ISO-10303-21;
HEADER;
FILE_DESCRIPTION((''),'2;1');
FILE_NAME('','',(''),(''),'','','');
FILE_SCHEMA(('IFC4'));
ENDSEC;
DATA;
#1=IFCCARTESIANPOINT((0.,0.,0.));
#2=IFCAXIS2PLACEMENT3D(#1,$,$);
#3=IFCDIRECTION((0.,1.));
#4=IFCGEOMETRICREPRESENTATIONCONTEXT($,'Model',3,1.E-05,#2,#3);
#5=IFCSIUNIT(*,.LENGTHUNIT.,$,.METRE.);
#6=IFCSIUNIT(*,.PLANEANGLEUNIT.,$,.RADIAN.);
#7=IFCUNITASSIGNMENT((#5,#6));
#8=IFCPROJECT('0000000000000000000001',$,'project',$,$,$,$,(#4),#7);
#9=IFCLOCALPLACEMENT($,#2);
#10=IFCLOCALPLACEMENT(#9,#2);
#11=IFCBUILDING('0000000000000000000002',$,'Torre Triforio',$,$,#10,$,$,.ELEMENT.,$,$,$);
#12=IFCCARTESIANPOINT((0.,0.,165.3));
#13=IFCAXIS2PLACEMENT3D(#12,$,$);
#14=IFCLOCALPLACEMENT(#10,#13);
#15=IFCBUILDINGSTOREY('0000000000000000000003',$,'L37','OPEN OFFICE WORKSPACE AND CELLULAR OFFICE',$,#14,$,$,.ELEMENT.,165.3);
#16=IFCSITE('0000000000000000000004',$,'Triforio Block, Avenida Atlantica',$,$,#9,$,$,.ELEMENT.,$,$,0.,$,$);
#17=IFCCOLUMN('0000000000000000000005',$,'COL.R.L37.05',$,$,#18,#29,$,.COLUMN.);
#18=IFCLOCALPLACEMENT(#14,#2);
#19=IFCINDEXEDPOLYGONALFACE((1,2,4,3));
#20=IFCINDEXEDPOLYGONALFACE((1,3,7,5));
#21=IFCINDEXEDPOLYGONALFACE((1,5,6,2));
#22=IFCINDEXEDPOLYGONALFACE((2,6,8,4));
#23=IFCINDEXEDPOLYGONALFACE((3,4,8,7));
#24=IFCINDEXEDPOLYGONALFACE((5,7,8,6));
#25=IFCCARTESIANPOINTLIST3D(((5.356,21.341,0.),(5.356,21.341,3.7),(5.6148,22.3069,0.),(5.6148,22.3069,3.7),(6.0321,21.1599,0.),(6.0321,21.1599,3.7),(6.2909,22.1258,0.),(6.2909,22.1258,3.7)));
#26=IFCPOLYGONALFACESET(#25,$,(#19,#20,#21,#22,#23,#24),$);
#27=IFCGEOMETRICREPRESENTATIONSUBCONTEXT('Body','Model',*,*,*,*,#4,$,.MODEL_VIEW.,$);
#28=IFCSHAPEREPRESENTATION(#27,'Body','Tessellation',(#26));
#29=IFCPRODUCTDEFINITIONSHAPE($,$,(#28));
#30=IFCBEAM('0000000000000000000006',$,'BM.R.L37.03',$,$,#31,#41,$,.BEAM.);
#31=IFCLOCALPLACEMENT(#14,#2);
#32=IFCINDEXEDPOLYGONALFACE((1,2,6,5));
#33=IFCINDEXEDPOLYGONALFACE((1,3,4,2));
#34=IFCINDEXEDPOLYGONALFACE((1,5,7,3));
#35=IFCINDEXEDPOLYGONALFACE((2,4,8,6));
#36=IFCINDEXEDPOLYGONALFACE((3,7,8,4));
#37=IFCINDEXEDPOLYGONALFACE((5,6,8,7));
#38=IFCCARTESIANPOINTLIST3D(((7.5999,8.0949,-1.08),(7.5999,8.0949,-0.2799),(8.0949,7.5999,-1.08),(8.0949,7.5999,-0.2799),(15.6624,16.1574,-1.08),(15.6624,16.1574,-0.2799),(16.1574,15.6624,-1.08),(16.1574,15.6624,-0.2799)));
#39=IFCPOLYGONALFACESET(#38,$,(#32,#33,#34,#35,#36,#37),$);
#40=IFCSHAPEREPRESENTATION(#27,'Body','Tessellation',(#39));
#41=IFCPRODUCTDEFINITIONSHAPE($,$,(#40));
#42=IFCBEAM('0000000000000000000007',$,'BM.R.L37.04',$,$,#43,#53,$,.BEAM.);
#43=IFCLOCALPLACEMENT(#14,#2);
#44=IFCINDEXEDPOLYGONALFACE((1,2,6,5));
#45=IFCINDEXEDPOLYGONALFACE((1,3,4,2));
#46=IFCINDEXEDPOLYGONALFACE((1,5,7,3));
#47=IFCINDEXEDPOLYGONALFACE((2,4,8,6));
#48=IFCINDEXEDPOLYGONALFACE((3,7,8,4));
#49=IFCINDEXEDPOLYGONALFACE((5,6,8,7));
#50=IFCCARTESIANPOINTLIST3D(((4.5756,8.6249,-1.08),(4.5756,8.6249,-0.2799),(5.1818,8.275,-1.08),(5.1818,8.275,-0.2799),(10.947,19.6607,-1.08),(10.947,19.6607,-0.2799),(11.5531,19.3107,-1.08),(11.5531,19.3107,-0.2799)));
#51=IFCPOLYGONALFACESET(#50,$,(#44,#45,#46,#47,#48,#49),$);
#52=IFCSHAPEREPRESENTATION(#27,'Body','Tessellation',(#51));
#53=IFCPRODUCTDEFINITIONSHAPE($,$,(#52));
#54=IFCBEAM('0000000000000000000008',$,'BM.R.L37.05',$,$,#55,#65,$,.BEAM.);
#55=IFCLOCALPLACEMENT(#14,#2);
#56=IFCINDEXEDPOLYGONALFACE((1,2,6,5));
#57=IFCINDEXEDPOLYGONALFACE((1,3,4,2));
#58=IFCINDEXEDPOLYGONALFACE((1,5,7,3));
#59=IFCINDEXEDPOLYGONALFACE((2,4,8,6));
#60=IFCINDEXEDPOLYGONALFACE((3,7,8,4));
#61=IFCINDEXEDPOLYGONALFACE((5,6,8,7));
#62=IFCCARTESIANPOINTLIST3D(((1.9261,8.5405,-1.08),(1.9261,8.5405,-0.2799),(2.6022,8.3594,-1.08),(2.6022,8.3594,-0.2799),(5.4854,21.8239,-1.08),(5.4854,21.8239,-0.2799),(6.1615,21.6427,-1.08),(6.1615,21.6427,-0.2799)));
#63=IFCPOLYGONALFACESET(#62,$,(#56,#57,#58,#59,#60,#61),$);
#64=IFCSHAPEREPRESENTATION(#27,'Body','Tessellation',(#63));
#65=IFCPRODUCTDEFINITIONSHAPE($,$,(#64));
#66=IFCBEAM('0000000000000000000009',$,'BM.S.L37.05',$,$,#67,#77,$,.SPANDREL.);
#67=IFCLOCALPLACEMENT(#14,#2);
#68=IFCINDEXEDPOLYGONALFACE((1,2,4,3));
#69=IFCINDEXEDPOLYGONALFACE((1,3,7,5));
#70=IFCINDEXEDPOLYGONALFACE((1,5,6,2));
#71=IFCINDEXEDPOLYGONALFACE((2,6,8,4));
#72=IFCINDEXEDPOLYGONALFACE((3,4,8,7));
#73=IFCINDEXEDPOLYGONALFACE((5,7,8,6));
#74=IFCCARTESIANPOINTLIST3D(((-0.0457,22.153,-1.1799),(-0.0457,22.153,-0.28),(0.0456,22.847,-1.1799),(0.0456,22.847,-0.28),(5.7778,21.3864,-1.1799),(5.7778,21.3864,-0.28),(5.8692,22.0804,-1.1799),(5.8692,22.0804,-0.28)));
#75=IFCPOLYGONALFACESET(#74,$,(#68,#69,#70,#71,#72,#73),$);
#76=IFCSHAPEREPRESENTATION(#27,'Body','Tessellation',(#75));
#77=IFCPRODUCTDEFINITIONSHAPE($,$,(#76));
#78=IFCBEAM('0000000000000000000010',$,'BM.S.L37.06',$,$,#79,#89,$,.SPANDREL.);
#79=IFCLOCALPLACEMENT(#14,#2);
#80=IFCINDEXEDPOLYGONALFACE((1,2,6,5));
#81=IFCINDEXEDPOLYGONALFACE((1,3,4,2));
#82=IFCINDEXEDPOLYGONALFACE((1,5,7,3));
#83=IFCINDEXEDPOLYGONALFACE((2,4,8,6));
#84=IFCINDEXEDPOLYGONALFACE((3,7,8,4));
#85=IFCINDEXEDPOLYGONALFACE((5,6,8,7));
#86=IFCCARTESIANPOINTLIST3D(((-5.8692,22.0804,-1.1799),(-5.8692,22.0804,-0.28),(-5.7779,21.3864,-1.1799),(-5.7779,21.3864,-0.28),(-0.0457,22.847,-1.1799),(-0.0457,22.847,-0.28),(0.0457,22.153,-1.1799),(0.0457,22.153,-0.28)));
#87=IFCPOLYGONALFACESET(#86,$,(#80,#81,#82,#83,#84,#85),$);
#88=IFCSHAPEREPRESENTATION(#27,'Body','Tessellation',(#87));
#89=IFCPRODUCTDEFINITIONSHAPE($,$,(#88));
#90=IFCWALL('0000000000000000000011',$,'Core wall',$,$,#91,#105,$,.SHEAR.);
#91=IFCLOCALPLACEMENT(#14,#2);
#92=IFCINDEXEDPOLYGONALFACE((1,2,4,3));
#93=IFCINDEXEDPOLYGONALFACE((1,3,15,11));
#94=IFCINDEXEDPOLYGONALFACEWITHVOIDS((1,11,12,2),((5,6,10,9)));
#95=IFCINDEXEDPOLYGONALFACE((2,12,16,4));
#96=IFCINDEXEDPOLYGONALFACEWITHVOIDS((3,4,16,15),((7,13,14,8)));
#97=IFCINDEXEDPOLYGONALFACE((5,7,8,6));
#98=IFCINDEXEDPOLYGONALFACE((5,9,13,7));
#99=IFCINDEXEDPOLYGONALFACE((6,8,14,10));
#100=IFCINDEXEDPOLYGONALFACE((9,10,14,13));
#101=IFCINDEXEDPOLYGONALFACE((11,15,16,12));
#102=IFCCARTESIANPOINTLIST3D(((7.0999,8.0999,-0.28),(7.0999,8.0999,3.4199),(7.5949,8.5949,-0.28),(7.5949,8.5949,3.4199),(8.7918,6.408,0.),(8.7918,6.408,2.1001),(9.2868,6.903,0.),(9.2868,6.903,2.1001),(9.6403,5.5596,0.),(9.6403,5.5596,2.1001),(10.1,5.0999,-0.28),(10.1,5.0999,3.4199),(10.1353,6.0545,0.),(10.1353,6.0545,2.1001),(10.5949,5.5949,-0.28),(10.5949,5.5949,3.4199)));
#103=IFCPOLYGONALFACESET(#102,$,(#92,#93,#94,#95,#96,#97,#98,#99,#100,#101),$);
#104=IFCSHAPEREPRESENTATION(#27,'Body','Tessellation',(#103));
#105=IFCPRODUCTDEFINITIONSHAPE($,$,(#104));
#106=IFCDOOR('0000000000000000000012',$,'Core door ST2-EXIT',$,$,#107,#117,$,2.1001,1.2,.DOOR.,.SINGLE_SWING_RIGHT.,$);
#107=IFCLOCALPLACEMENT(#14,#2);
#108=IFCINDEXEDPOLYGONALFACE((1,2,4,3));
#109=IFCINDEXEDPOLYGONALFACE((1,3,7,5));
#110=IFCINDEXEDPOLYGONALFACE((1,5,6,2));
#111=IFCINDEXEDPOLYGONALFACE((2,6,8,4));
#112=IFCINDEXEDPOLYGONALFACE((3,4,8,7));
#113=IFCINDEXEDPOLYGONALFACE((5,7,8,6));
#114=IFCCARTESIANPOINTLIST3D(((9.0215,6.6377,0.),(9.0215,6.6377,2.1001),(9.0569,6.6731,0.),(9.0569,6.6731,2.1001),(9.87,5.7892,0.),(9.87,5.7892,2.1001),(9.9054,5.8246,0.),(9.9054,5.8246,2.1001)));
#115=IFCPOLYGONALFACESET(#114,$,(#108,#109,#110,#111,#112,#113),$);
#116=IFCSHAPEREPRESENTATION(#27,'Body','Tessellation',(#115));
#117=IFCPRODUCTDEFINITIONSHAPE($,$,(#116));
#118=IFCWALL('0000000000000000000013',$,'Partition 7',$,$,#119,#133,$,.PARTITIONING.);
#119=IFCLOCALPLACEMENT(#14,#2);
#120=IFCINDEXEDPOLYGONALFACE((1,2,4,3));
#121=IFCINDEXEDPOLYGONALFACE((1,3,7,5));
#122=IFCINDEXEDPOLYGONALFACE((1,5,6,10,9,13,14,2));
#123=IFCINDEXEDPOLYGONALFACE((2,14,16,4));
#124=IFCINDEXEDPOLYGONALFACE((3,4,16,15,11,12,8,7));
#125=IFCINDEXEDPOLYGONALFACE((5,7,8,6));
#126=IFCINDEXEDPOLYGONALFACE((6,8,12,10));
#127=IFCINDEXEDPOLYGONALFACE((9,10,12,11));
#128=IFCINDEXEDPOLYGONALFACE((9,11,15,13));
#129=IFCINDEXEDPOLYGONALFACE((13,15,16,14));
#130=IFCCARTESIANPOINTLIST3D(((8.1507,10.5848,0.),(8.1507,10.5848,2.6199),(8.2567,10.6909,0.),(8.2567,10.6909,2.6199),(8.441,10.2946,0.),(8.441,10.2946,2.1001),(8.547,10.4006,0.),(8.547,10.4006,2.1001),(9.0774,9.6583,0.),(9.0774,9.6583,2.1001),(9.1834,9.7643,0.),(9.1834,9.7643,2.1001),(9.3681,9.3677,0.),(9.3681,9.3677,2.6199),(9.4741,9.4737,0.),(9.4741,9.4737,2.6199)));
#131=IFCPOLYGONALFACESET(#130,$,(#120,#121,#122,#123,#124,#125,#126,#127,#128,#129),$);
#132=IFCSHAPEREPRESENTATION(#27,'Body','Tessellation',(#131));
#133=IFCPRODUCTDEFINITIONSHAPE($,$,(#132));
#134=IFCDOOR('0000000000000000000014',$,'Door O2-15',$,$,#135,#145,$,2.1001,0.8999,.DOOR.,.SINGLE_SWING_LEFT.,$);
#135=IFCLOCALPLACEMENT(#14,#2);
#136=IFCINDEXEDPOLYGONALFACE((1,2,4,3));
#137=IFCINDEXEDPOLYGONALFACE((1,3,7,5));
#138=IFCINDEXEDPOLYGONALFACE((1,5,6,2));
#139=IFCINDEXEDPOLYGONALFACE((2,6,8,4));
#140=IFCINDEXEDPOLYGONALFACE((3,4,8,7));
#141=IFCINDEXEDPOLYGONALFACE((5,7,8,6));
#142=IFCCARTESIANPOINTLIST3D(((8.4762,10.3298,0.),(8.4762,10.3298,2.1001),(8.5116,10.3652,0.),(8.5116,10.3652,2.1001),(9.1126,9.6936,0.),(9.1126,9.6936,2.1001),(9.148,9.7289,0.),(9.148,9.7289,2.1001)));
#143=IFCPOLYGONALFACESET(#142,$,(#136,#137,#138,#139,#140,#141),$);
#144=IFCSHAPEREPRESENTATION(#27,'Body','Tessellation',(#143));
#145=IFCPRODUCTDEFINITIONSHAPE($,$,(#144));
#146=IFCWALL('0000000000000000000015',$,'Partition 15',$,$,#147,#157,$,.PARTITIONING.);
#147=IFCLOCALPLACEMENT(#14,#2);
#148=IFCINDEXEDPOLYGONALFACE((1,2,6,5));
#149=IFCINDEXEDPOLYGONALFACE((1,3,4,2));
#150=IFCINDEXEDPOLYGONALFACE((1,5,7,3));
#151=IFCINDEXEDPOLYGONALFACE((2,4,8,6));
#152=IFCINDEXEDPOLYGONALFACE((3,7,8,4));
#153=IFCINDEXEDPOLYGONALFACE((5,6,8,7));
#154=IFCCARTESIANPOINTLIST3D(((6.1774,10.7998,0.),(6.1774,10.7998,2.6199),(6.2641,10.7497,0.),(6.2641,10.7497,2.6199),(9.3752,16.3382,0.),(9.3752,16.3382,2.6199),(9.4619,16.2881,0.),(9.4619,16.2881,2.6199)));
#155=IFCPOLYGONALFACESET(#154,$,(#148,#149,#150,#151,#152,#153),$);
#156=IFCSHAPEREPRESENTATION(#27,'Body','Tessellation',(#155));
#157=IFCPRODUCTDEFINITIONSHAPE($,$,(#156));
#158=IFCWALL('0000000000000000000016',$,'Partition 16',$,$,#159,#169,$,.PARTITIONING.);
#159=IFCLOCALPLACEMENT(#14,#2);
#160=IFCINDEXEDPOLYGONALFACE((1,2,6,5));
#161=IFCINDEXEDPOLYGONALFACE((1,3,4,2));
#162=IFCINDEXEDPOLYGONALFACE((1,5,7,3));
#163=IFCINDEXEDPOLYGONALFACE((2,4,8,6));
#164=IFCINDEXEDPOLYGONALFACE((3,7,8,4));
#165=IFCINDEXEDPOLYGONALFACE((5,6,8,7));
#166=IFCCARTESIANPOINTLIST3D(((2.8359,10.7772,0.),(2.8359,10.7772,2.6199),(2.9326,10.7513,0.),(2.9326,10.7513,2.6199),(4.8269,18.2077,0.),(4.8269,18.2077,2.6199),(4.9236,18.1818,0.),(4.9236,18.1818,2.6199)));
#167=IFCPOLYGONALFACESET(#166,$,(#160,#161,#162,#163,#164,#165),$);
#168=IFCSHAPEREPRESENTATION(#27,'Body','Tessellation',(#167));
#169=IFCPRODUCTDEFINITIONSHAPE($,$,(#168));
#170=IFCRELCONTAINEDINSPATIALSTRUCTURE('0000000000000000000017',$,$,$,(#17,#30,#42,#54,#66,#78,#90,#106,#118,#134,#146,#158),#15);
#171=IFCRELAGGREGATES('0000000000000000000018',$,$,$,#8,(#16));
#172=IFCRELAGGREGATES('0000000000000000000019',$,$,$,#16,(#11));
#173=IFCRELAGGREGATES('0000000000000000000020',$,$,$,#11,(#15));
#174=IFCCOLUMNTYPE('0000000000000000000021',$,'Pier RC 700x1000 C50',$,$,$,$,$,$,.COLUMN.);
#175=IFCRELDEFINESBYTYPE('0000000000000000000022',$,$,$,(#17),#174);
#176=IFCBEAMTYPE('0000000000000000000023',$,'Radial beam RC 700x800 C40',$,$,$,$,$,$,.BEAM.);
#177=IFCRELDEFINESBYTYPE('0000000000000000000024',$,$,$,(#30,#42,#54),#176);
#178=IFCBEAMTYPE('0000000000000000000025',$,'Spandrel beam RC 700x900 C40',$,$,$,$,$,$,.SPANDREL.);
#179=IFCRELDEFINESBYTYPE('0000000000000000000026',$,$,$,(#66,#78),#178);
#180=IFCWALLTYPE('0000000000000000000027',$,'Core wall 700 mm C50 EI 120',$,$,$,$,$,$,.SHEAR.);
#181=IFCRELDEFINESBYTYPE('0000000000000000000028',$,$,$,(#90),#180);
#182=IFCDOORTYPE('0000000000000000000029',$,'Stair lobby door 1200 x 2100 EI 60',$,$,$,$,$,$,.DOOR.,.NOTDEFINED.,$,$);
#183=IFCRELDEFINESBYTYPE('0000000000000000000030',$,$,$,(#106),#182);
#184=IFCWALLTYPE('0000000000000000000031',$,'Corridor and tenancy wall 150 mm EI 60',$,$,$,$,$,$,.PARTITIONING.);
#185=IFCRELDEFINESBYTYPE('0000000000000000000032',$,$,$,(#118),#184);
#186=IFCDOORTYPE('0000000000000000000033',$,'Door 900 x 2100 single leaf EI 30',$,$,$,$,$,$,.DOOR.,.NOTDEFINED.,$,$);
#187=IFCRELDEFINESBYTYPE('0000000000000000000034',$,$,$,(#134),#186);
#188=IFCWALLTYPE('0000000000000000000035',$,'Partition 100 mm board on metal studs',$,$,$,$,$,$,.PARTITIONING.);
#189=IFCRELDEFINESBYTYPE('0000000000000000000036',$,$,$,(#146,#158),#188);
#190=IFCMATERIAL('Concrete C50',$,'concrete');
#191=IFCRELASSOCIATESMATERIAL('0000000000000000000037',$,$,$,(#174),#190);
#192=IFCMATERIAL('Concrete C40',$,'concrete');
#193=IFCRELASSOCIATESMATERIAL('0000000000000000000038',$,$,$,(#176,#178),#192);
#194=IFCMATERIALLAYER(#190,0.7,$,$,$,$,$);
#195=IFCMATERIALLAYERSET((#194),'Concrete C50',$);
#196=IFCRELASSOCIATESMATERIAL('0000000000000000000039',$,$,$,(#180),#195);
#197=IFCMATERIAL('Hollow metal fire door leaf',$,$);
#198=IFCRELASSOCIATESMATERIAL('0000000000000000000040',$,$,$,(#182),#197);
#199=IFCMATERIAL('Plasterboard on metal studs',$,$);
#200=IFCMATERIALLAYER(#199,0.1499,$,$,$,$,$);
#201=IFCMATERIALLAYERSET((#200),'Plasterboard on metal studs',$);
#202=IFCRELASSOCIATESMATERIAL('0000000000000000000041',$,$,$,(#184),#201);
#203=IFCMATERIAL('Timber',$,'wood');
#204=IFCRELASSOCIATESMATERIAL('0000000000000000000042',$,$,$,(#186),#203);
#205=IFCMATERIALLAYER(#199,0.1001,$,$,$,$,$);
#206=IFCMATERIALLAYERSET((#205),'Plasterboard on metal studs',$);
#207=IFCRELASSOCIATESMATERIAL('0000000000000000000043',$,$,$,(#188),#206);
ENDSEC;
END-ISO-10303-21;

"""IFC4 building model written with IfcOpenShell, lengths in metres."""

from ifc_helpers import new_model, si_unit, direction, frame, frame_2d, origin, origin_2d, place, context, subcontext, project, spatial, rectangle, extrude, material, layer, layer_set, material_profile, profile_set, type_object, element, fill, save


model = new_model("IFC4")

# Units and contexts
model_context = context("Model", 3, precision=1e-05, world=origin(), true_north=direction((0.0, 1.0)))
body_context = subcontext(model_context, "Body", "Model", "MODEL_VIEW")
ifc_project = project(units=[si_unit("LENGTHUNIT", "METRE"), si_unit("PLANEANGLEUNIT", "RADIAN")], contexts=[model_context])

# Site, building, storey
site_placement = place(None, origin())
site = spatial("IfcSite", under=ifc_project, at=site_placement, Name="Triforio Block, Avenida Atlantica", CompositionType="ELEMENT", RefElevation=0.0)
building_placement = place(site_placement, origin())
building = spatial("IfcBuilding", under=site, at=building_placement, Name="Torre Triforio", CompositionType="ELEMENT")
storey_placement = place(building_placement, frame((0.0, 0.0, 165.3)))
storey = spatial("IfcBuildingStorey", under=building, at=storey_placement, Name="L37", Description="OPEN OFFICE WORKSPACE AND CELLULAR OFFICE", CompositionType="ELEMENT", Elevation=165.3)

# Column
ifc_material_1 = material(Name="Concrete C50", Category="concrete")
ifc_material_profile_1 = material_profile(ifc_material_1, rectangle(XDim=0.7, YDim=1.0, at=origin_2d()), Name="RC 700x1000")
ifc_profile_set_1 = profile_set([ifc_material_profile_1], Name="Concrete C50")
column_type = type_object("IfcColumnType", Name="Pier RC 700x1000 C50", PredefinedType="COLUMN", material=ifc_profile_set_1)
column_placement = place(storey_placement, frame((5.8235, 21.7334, 0.0), z_axis=(0.0, 0.0, 1.0), x_axis=(-0.965926, 0.258819, 0.0)))
element("IfcColumn", 1, at=column_placement, inside=storey, type_object=column_type, Name="COL.R.L37.05", PredefinedType="COLUMN", context=body_context, shape_type="SweptSolid", body=[
    extrude(rectangle(XDim=0.7, YDim=1.0, at=origin_2d()), origin(), (0.0, 0.0, 1.0), 3.7),
])

# Beams
ifc_material_2 = material(Name="Concrete C40", Category="concrete")
ifc_material_profile_2 = material_profile(ifc_material_2, rectangle(XDim=0.7, YDim=0.8, at=origin_2d()), Name="RC 700x800")
ifc_profile_set_2 = profile_set([ifc_material_profile_2], Name="Concrete C40")
beam_type_1 = type_object("IfcBeamType", Name="Radial beam RC 700x800 C40", PredefinedType="BEAM", material=ifc_profile_set_2)
beam_1_placement = place(storey_placement, frame((7.8474, 7.8474, -0.6799), z_axis=(0.707107, 0.707107, 0.0), x_axis=(-0.707107, 0.707107, 0.0)))
element("IfcBeam", 2, at=beam_1_placement, inside=storey, type_object=beam_type_1, Name="BM.R.L37.03", PredefinedType="BEAM", context=body_context, shape_type="SweptSolid", body=[
    extrude(rectangle(XDim=0.7, YDim=0.8, at=origin_2d()), origin(), (0.0, 0.0, 1.0), 11.4021),
])
beam_2_placement = place(storey_placement, frame((4.8787, 8.45, -0.6799), z_axis=(0.499994, 0.866029, 0.0), x_axis=(-0.866029, 0.499994, 0.0)))
element("IfcBeam", 3, at=beam_2_placement, inside=storey, type_object=beam_type_1, Name="BM.R.L37.04", PredefinedType="BEAM", context=body_context, shape_type="SweptSolid", body=[
    extrude(rectangle(XDim=0.7, YDim=0.8, at=origin_2d()), origin(), (0.0, 0.0, 1.0), 12.7429),
])
beam_3_placement = place(storey_placement, frame((2.2642, 8.45, -0.6799), z_axis=(0.258822, 0.965925, 0.0), x_axis=(-0.965925, 0.258822, 0.0)))
element("IfcBeam", 4, at=beam_3_placement, inside=storey, type_object=beam_type_1, Name="BM.R.L37.05", PredefinedType="BEAM", context=body_context, shape_type="SweptSolid", body=[
    extrude(rectangle(XDim=0.7, YDim=0.8, at=origin_2d()), origin(), (0.0, 0.0, 1.0), 13.752),
])
ifc_material_profile_3 = material_profile(ifc_material_2, rectangle(XDim=0.7, YDim=0.8999, at=origin_2d()), Name="RC 700x900")
ifc_profile_set_3 = profile_set([ifc_material_profile_3], Name="Concrete C40")
beam_type_2 = type_object("IfcBeamType", Name="Spandrel beam RC 700x900 C40", PredefinedType="SPANDREL", material=ifc_profile_set_3)
for number, where, z_axis, x_axis, name in (
    (5, (5.8235, 21.7334, -0.73), (-0.991447, 0.130514, 0.0), (-0.130514, -0.991447, 0.0), "BM.S.L37.05"),
    (6, (0.0, 22.5, -0.73), (-0.991447, -0.130514, 0.0), (0.130514, -0.991447, 0.0), "BM.S.L37.06"),
):
    element("IfcBeam", number, at=place(storey_placement, frame(where, z_axis=z_axis, x_axis=x_axis)), inside=storey, type_object=beam_type_2, Name=name, PredefinedType="SPANDREL", context=body_context, shape_type="SweptSolid", body=[
        extrude(rectangle(XDim=0.7, YDim=0.8999, at=origin_2d()), origin(), (0.0, 0.0, 1.0), 5.8738),
    ])

# Walls, openings, doors
ifc_layer_1 = layer(ifc_material_1, 0.7)
ifc_layer_set_1 = layer_set([ifc_layer_1], Name="Concrete C50")
wall_type_1 = type_object("IfcWallType", Name="Core wall 700 mm C50 EI 120", PredefinedType="SHEAR", material=ifc_layer_set_1)
wall_1_placement = place(storey_placement, frame((7.3474, 8.3474, -0.28), z_axis=(0.0, 0.0, 1.0), x_axis=(0.707107, -0.707107, 0.0)))
wall_1 = element("IfcWall", 7, at=wall_1_placement, inside=storey, type_object=wall_type_1, Name="Core wall", PredefinedType="SHEAR", context=body_context, shape_type="SweptSolid", body=[
    extrude(rectangle(XDim=4.2427, YDim=0.7, at=frame_2d((2.1213, 0.0))), origin(), (0.0, 0.0, 1.0), 3.7),
])
opening_1_placement = place(wall_1_placement, frame((2.3926, 0.0, 0.28)))
opening_1 = element("IfcOpeningElement", 8, at=opening_1_placement, cuts=wall_1, PredefinedType="OPENING", context=body_context, shape_type="SweptSolid", body=[
    extrude(rectangle(XDim=1.2, YDim=2.1001, at=frame_2d((0.6001, 1.05))), frame((0.0, 0.3599, 0.0), z_axis=(0.0, -1.0, 0.0), x_axis=(1.0, 0.0, 0.0)), (0.0, 0.0, 1.0), 0.72),
])
ifc_material_3 = material(Name="Hollow metal fire door leaf")
door_type_1 = type_object("IfcDoorType", Name="Stair lobby door 1200 x 2100 EI 60", OperationType="NOTDEFINED", PredefinedType="DOOR", material=ifc_material_3)
door_1_placement = place(opening_1_placement, origin())
door_1 = element("IfcDoor", 9, at=door_1_placement, inside=storey, type_object=door_type_1, Name="Core door ST2-EXIT", OperationType="SINGLE_SWING_RIGHT", OverallHeight=2.1001, OverallWidth=1.2, PredefinedType="DOOR", context=body_context, shape_type="SweptSolid", body=[
    extrude(rectangle(XDim=1.2, YDim=2.1001, at=frame_2d((0.6001, 1.05))), frame((0.0, 0.0249, 0.0), z_axis=(0.0, -1.0, 0.0), x_axis=(1.0, 0.0, 0.0)), (0.0, 0.0, 1.0), 0.05),
])
fill(opening_1, door_1)
ifc_material_4 = material(Name="Plasterboard on metal studs")
ifc_layer_2 = layer(ifc_material_4, 0.1499)
ifc_layer_set_2 = layer_set([ifc_layer_2], Name="Plasterboard on metal studs")
wall_type_2 = type_object("IfcWallType", Name="Corridor and tenancy wall 150 mm EI 60", PredefinedType="PARTITIONING", material=ifc_layer_set_2)
wall_2_placement = place(storey_placement, frame((8.2036, 10.6379, 0.0), z_axis=(0.0, 0.0, 1.0), x_axis=(0.707178, -0.707036, 0.0)))
wall_2 = element("IfcWall", 10, at=wall_2_placement, inside=storey, type_object=wall_type_2, Name="Partition 7", PredefinedType="PARTITIONING", context=body_context, shape_type="SweptSolid", body=[
    extrude(rectangle(XDim=1.7214, YDim=0.1499, at=frame_2d((0.8608, 0.0))), origin(), (0.0, 0.0, 1.0), 2.6199),
])
opening_2_placement = place(wall_2_placement, frame((0.4106, 0.0, 0.0)))
opening_2 = element("IfcOpeningElement", 11, at=opening_2_placement, cuts=wall_2, PredefinedType="OPENING", context=body_context, shape_type="SweptSolid", body=[
    extrude(rectangle(XDim=0.8999, YDim=2.1001, at=frame_2d((0.45, 1.05))), frame((0.0, 0.085, 0.0), z_axis=(0.0, -1.0, 0.0), x_axis=(1.0, 0.0, 0.0)), (0.0, 0.0, 1.0), 0.1699),
])
ifc_material_5 = material(Name="Timber", Category="wood")
door_type_2 = type_object("IfcDoorType", Name="Door 900 x 2100 single leaf EI 30", OperationType="NOTDEFINED", PredefinedType="DOOR", material=ifc_material_5)
door_2_placement = place(opening_2_placement, origin())
door_2 = element("IfcDoor", 12, at=door_2_placement, inside=storey, type_object=door_type_2, Name="Door O2-15", OperationType="SINGLE_SWING_LEFT", OverallHeight=2.1001, OverallWidth=0.8999, PredefinedType="DOOR", context=body_context, shape_type="SweptSolid", body=[
    extrude(rectangle(XDim=0.8999, YDim=2.1001, at=frame_2d((0.45, 1.05))), frame((0.0, 0.0249, 0.0), z_axis=(0.0, -1.0, 0.0), x_axis=(1.0, 0.0, 0.0)), (0.0, 0.0, 1.0), 0.05),
])
fill(opening_2, door_2)

# Walls
ifc_layer_3 = layer(ifc_material_4, 0.1001)
ifc_layer_set_3 = layer_set([ifc_layer_3], Name="Plasterboard on metal studs")
wall_type_3 = type_object("IfcWallType", Name="Partition 100 mm board on metal studs", PredefinedType="PARTITIONING", material=ifc_layer_set_3)
wall_3_placement = place(storey_placement, frame((6.2207, 10.7747, 0.0), z_axis=(0.0, 0.0, 1.0), x_axis=(0.500023, 0.866012, 0.0)))
element("IfcWall", 13, at=wall_3_placement, inside=storey, type_object=wall_type_3, Name="Partition 15", PredefinedType="PARTITIONING", context=body_context, shape_type="SweptSolid", body=[
    extrude(rectangle(XDim=6.3953, YDim=0.1001, at=frame_2d((3.1978, 0.0))), origin(), (0.0, 0.0, 1.0), 2.6199),
])
wall_4_placement = place(storey_placement, frame((2.8843, 10.7644, 0.0), z_axis=(0.0, 0.0, 1.0), x_axis=(0.258818, 0.965926, 0.0)))
element("IfcWall", 14, at=wall_4_placement, inside=storey, type_object=wall_type_3, Name="Partition 16", PredefinedType="PARTITIONING", context=body_context, shape_type="SweptSolid", body=[
    extrude(rectangle(XDim=7.6926, YDim=0.1001, at=frame_2d((3.8462, 0.0))), origin(), (0.0, 0.0, 1.0), 2.6199),
])

save(model, "model.ifc")
